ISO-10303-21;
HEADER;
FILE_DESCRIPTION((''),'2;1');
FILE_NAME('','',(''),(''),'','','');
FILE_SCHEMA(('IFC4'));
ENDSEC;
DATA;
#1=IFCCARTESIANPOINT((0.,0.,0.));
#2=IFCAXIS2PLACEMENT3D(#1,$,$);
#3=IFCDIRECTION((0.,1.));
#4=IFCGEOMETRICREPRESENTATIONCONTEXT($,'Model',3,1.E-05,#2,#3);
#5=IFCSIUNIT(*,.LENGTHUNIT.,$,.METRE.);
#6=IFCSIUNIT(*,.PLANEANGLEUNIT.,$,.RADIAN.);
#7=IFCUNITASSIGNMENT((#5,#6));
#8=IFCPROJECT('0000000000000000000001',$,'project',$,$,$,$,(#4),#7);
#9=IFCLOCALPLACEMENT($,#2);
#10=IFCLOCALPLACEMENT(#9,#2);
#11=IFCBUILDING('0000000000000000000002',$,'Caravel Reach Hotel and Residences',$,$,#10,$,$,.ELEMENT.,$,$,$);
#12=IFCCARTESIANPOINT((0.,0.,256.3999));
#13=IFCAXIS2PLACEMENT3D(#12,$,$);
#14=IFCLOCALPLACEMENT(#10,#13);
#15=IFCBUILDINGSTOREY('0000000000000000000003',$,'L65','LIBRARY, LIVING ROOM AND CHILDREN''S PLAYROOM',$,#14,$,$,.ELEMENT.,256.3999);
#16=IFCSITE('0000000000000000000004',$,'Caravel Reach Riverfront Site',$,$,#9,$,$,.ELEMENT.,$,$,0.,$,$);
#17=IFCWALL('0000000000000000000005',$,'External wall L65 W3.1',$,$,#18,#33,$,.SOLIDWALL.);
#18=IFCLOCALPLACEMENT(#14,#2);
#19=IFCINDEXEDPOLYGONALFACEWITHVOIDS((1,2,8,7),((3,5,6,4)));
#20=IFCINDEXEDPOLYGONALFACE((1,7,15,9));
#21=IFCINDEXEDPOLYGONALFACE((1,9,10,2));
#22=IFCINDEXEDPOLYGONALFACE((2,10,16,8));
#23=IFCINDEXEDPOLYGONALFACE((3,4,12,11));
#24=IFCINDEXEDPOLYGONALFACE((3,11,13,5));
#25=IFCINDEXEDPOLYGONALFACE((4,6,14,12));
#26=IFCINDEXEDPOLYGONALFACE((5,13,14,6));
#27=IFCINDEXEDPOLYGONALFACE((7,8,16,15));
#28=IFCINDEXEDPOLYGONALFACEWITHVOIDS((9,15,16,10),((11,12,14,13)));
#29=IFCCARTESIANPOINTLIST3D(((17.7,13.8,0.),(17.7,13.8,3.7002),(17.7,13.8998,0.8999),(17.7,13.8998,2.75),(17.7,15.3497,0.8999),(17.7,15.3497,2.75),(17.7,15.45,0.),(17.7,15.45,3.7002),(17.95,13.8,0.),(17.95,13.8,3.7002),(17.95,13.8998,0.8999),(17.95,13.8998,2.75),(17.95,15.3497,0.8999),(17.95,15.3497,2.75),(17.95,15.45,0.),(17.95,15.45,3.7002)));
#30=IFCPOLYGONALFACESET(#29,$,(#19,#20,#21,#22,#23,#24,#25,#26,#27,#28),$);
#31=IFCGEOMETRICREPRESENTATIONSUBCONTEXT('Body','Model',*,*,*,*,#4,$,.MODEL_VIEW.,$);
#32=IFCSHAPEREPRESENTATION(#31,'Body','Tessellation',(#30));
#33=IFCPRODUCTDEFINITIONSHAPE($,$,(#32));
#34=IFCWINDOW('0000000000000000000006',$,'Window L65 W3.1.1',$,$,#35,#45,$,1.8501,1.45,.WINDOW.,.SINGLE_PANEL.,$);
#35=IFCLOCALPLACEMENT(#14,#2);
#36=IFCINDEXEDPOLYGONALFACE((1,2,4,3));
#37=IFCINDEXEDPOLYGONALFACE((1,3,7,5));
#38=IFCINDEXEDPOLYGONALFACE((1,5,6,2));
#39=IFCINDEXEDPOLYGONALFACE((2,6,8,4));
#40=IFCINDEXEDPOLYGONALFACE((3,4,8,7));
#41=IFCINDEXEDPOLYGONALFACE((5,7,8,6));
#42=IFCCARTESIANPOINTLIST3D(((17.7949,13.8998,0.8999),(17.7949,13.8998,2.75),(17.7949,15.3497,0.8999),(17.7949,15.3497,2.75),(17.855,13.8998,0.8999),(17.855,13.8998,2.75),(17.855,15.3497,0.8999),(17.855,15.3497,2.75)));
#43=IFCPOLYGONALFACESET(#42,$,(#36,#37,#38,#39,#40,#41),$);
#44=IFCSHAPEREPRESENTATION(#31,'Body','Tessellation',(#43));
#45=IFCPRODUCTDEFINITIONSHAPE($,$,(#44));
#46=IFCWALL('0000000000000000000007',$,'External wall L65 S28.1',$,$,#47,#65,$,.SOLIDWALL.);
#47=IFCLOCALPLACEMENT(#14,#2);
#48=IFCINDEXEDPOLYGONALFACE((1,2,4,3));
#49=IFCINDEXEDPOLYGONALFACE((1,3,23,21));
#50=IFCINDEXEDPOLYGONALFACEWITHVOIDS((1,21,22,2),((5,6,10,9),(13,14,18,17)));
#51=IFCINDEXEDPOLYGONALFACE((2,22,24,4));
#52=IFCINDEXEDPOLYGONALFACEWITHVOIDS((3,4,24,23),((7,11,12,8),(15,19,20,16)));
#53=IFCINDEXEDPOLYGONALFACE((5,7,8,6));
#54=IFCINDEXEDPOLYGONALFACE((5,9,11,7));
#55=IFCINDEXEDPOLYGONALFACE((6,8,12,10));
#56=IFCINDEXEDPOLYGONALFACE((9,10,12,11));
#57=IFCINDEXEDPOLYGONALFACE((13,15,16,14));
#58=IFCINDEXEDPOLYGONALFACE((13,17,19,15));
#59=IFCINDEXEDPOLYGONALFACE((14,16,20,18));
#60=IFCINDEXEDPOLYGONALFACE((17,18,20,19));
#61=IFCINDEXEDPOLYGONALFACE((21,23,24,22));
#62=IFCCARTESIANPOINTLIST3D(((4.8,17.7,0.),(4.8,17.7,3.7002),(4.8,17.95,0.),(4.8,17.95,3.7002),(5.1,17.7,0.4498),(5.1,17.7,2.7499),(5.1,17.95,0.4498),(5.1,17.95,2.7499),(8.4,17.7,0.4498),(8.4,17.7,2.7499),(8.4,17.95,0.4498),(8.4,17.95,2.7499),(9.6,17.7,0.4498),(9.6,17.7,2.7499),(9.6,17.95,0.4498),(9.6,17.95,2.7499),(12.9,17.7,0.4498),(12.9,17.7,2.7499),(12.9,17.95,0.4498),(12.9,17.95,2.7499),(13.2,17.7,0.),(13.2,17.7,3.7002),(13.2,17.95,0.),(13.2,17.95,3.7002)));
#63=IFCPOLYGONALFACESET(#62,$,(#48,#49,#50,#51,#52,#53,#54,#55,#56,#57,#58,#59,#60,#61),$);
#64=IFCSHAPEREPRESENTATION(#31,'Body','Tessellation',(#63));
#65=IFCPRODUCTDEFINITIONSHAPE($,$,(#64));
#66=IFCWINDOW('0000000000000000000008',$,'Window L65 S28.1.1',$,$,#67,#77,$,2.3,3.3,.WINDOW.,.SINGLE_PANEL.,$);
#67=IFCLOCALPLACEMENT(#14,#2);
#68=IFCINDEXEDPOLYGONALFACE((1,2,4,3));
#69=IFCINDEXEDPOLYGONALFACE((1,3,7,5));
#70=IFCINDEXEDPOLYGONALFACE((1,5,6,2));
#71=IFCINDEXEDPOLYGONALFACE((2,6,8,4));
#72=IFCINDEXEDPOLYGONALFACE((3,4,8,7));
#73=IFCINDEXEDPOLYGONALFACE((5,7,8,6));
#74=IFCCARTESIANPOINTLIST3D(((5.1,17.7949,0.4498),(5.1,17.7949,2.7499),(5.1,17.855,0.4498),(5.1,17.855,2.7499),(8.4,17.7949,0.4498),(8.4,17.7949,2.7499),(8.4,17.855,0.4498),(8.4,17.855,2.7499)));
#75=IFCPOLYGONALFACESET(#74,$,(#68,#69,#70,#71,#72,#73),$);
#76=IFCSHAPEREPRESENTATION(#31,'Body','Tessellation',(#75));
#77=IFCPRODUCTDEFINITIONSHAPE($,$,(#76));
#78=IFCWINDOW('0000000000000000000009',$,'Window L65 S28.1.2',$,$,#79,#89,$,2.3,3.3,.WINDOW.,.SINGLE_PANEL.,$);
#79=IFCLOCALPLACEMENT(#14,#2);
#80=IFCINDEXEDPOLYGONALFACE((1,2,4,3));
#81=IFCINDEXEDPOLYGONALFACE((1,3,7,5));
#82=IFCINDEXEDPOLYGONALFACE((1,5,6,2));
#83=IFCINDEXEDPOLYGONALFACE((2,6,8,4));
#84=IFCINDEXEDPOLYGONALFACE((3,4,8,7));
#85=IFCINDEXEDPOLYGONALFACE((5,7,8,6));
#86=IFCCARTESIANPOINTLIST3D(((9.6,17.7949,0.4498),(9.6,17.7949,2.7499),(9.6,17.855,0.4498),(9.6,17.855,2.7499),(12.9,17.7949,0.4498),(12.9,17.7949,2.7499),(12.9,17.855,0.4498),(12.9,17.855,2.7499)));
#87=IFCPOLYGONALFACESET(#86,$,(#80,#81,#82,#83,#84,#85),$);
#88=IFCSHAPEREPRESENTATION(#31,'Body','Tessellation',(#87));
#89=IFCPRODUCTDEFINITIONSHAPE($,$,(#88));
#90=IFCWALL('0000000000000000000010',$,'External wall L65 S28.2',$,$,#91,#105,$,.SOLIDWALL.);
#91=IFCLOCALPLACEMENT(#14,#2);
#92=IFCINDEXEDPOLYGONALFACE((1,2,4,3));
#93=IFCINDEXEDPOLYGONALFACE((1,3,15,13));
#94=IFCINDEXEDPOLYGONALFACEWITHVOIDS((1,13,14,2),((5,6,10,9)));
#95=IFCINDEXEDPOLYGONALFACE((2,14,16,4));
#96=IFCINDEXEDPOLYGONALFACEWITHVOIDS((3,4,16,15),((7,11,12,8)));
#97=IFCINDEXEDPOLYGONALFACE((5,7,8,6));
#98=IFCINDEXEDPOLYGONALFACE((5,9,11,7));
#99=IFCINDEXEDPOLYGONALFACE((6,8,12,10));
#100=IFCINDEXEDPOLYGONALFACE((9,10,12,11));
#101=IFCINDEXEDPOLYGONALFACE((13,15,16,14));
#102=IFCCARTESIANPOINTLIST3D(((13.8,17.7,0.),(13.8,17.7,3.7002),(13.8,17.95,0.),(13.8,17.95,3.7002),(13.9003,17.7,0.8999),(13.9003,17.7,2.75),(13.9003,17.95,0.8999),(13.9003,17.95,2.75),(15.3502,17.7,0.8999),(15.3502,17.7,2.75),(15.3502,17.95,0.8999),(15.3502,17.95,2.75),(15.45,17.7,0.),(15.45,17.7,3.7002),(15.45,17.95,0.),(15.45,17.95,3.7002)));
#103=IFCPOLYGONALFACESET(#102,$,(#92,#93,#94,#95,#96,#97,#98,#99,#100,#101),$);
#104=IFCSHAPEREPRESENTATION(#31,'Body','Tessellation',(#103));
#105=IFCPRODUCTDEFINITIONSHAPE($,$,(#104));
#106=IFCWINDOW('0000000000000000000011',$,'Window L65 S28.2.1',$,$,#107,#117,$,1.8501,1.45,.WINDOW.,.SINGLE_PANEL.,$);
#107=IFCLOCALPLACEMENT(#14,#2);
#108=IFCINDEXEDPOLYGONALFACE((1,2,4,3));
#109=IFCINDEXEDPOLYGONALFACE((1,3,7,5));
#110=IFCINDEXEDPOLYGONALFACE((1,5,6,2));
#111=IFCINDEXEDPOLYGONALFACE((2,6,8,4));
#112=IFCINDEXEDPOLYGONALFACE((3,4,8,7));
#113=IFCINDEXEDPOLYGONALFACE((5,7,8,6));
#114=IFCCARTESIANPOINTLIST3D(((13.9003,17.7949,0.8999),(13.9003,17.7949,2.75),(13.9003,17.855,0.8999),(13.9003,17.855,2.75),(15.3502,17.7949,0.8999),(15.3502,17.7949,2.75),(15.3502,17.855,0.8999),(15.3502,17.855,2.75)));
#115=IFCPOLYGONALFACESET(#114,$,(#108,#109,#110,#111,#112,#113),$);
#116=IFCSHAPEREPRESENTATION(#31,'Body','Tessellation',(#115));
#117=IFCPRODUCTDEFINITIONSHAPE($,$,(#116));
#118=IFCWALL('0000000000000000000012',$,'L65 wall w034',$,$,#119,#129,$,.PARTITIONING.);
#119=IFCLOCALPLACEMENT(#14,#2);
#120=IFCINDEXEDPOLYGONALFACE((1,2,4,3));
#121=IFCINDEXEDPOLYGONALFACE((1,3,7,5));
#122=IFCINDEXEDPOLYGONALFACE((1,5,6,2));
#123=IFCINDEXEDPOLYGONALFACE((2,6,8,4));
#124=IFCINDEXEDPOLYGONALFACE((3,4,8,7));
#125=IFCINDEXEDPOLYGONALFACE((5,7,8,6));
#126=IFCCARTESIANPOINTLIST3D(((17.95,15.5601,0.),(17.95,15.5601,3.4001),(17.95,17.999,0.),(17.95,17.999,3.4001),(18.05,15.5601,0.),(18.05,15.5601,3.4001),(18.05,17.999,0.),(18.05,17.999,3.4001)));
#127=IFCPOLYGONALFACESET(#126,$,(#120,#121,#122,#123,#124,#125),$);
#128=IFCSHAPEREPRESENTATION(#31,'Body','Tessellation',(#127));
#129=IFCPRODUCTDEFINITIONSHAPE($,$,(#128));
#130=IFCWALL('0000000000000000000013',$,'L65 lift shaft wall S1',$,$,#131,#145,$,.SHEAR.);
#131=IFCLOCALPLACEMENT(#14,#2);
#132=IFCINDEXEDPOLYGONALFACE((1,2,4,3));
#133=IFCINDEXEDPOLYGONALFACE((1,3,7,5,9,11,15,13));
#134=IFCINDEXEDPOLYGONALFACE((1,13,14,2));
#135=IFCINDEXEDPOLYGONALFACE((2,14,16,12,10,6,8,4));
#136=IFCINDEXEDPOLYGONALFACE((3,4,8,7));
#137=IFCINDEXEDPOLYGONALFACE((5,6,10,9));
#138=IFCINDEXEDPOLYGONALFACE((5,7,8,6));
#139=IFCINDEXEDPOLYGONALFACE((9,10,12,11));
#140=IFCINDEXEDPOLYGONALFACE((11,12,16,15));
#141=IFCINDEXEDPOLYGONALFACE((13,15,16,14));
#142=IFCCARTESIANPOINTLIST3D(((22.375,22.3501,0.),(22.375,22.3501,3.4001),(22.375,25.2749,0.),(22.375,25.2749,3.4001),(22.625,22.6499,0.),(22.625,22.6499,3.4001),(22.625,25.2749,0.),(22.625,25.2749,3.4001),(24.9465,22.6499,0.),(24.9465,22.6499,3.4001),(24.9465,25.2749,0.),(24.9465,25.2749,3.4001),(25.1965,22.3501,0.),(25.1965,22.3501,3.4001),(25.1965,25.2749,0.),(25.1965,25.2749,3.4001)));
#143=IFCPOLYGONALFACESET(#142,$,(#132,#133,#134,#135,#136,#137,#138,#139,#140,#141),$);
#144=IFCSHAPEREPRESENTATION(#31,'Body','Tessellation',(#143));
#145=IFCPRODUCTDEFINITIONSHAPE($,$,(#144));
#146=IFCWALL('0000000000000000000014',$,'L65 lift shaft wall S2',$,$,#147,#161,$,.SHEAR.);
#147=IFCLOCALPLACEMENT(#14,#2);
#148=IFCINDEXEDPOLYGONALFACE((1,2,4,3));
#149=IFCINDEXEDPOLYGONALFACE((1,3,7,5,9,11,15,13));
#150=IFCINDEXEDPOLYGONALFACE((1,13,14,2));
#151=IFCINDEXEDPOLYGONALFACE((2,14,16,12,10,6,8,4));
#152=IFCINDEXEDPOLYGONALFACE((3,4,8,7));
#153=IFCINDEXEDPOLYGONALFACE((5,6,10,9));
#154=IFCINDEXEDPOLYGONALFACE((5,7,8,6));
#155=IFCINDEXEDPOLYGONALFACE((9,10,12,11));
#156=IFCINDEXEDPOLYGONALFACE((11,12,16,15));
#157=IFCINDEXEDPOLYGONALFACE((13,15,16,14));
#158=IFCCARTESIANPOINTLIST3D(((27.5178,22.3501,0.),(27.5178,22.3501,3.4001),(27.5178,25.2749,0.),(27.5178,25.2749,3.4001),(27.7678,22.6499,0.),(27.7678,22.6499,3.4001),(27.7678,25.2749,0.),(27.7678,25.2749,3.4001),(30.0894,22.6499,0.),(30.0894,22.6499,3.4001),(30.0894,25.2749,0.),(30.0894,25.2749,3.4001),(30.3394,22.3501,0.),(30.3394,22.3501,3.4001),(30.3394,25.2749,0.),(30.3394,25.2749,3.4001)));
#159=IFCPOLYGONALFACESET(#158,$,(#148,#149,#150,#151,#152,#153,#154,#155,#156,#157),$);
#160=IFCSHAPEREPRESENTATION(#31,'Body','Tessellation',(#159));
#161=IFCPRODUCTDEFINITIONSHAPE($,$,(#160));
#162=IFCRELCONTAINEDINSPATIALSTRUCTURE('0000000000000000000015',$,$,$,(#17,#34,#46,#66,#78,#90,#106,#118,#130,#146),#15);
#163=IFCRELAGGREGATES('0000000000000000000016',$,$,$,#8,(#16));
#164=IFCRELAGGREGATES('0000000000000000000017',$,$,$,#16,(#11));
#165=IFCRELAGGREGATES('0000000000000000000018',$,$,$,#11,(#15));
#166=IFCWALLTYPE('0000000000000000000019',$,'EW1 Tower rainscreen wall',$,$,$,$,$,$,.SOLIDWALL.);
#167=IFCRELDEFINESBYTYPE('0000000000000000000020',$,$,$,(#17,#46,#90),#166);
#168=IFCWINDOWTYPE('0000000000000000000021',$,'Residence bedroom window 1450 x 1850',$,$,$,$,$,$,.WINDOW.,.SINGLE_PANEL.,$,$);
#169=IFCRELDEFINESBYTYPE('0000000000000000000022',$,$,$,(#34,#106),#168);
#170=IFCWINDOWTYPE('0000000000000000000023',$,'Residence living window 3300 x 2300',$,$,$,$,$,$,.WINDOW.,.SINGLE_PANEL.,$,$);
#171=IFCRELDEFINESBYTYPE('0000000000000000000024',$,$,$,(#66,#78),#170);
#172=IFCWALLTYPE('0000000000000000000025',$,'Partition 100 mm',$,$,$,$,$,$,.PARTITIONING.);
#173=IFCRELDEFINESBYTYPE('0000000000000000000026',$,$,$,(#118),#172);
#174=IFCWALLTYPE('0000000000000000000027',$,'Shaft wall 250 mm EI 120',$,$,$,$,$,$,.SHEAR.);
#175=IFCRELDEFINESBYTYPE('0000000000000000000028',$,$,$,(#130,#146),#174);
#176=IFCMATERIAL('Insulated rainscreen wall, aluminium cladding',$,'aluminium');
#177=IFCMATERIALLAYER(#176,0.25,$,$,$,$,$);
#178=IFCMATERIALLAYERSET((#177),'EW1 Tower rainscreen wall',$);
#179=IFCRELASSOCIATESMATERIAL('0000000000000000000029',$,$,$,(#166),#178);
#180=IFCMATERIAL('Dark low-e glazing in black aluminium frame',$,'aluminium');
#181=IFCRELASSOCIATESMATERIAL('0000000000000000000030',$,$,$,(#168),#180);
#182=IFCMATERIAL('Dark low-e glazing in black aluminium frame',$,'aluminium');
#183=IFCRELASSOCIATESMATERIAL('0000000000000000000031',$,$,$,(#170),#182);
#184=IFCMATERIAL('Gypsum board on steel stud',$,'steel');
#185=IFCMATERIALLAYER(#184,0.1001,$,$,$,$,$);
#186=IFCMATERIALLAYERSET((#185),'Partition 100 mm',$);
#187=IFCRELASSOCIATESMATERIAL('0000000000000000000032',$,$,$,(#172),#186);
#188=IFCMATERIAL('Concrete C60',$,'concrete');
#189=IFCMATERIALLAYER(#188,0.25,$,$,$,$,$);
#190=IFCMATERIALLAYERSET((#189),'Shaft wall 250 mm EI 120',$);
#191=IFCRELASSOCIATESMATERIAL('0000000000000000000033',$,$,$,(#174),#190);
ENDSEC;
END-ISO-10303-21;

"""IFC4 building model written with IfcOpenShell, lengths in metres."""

from ifc_helpers import new_model, si_unit, direction, frame, frame_2d, origin, place, context, subcontext, project, spatial, polyline, rectangle, outline, extrude, material, layer, layer_set, type_object, element, fill, save


model = new_model("IFC4")

# Units and contexts
model_context = context("Model", 3, precision=1e-05, world=origin(), true_north=direction((0.0, 1.0)))
body_context = subcontext(model_context, "Body", "Model", "MODEL_VIEW")
ifc_project = project(units=[si_unit("LENGTHUNIT", "METRE"), si_unit("PLANEANGLEUNIT", "RADIAN")], contexts=[model_context])

# Site, building, storey
site_placement = place(None, origin())
site = spatial("IfcSite", under=ifc_project, at=site_placement, Name="Caravel Reach Riverfront Site", CompositionType="ELEMENT", RefElevation=0.0)
building_placement = place(site_placement, origin())
building = spatial("IfcBuilding", under=site, at=building_placement, Name="Caravel Reach Hotel and Residences", CompositionType="ELEMENT")
storey_placement = place(building_placement, frame((0.0, 0.0, 256.3999)))
storey = spatial("IfcBuildingStorey", under=building, at=storey_placement, Name="L65", Description="LIBRARY, LIVING ROOM AND CHILDREN'S PLAYROOM", CompositionType="ELEMENT", Elevation=256.3999)

# Wall, opening, window
ifc_material_1 = material(Name="Insulated rainscreen wall, aluminium cladding", Category="aluminium")
ifc_layer_1 = layer(ifc_material_1, 0.25)
ifc_layer_set_1 = layer_set([ifc_layer_1], Name="EW1 Tower rainscreen wall")
wall_type_1 = type_object("IfcWallType", Name="EW1 Tower rainscreen wall", PredefinedType="SOLIDWALL", material=ifc_layer_set_1)
ifc_material_2 = material(Name="Dark low-e glazing in black aluminium frame", Category="aluminium")
window_type_1 = type_object("IfcWindowType", Name="Residence bedroom window 1450 x 1850", PartitioningType="SINGLE_PANEL", PredefinedType="WINDOW", material=ifc_material_2)
wall_1_placement = place(storey_placement, frame((17.825, 15.45, 0.0), z_axis=(0.0, 0.0, 1.0), x_axis=(0.0, -1.0, 0.0)))
wall_1 = element("IfcWall", 1, at=wall_1_placement, inside=storey, type_object=wall_type_1, Name="External wall L65 W3.1", PredefinedType="SOLIDWALL", context=body_context, shape_type="SweptSolid", body=[
    extrude(rectangle(XDim=1.6499, YDim=0.25, at=frame_2d((0.825, 0.0))), origin(), (0.0, 0.0, 1.0), 3.7002),
])
opening_1_placement = place(wall_1_placement, frame((0.1001, 0.0, 0.8999)))
opening_1 = element("IfcOpeningElement", 2, at=opening_1_placement, cuts=wall_1, PredefinedType="OPENING", context=body_context, shape_type="SweptSolid", body=[
    extrude(rectangle(XDim=1.45, YDim=1.8501, at=frame_2d((0.7251, 0.925))), frame((0.0, 0.135, 0.0), z_axis=(0.0, -1.0, 0.0), x_axis=(1.0, 0.0, 0.0)), (0.0, 0.0, 1.0), 0.27),
])
window_1_placement = place(opening_1_placement, origin())
window_1 = element("IfcWindow", 3, at=window_1_placement, inside=storey, type_object=window_type_1, Name="Window L65 W3.1.1", OverallHeight=1.8501, OverallWidth=1.45, PartitioningType="SINGLE_PANEL", PredefinedType="WINDOW", context=body_context, shape_type="SweptSolid", body=[
    extrude(rectangle(XDim=1.45, YDim=1.8501, at=frame_2d((0.7251, 0.925))), frame((0.0, 0.03, 0.0), z_axis=(0.0, -1.0, 0.0), x_axis=(1.0, 0.0, 0.0)), (0.0, 0.0, 1.0), 0.0601),
])
fill(opening_1, window_1)

# Wall, openings, windows
wall_2_placement = place(storey_placement, frame((4.8, 17.825, 0.0), z_axis=(0.0, 0.0, 1.0), x_axis=(1.0, 0.0, 0.0)))
wall_2 = element("IfcWall", 4, at=wall_2_placement, inside=storey, type_object=wall_type_1, Name="External wall L65 S28.1", PredefinedType="SOLIDWALL", context=body_context, shape_type="SweptSolid", body=[
    extrude(rectangle(XDim=8.3999, YDim=0.25, at=frame_2d((4.2, 0.0))), origin(), (0.0, 0.0, 1.0), 3.7002),
])
opening_2_placement = place(wall_2_placement, frame((0.3, 0.0, 0.45)))
opening_2 = element("IfcOpeningElement", 5, at=opening_2_placement, cuts=wall_2, PredefinedType="OPENING", context=body_context, shape_type="SweptSolid", body=[
    extrude(rectangle(XDim=3.3, YDim=2.3, at=frame_2d((1.6499, 1.1499))), frame((0.0, 0.135, 0.0), z_axis=(0.0, -1.0, 0.0), x_axis=(1.0, 0.0, 0.0)), (0.0, 0.0, 1.0), 0.27),
])
opening_3_placement = place(wall_2_placement, frame((4.8, 0.0, 0.45)))
opening_3 = element("IfcOpeningElement", 6, at=opening_3_placement, cuts=wall_2, PredefinedType="OPENING", context=body_context, shape_type="SweptSolid", body=[
    extrude(rectangle(XDim=3.3, YDim=2.3, at=frame_2d((1.6499, 1.1499))), frame((0.0, 0.135, 0.0), z_axis=(0.0, -1.0, 0.0), x_axis=(1.0, 0.0, 0.0)), (0.0, 0.0, 1.0), 0.27),
])
ifc_material_3 = material(Name="Dark low-e glazing in black aluminium frame", Category="aluminium")
window_type_2 = type_object("IfcWindowType", Name="Residence living window 3300 x 2300", PartitioningType="SINGLE_PANEL", PredefinedType="WINDOW", material=ifc_material_3)
window_2_placement = place(opening_2_placement, origin())
window_2 = element("IfcWindow", 7, at=window_2_placement, inside=storey, type_object=window_type_2, Name="Window L65 S28.1.1", OverallHeight=2.3, OverallWidth=3.3, PartitioningType="SINGLE_PANEL", PredefinedType="WINDOW", context=body_context, shape_type="SweptSolid", body=[
    extrude(rectangle(XDim=3.3, YDim=2.3, at=frame_2d((1.6499, 1.1499))), frame((0.0, 0.03, 0.0), z_axis=(0.0, -1.0, 0.0), x_axis=(1.0, 0.0, 0.0)), (0.0, 0.0, 1.0), 0.0601),
])
fill(opening_2, window_2)
window_3_placement = place(opening_3_placement, origin())
window_3 = element("IfcWindow", 8, at=window_3_placement, inside=storey, type_object=window_type_2, Name="Window L65 S28.1.2", OverallHeight=2.3, OverallWidth=3.3, PartitioningType="SINGLE_PANEL", PredefinedType="WINDOW", context=body_context, shape_type="SweptSolid", body=[
    extrude(rectangle(XDim=3.3, YDim=2.3, at=frame_2d((1.6499, 1.1499))), frame((0.0, 0.03, 0.0), z_axis=(0.0, -1.0, 0.0), x_axis=(1.0, 0.0, 0.0)), (0.0, 0.0, 1.0), 0.0601),
])
fill(opening_3, window_3)

# Wall, opening, window
wall_3_placement = place(storey_placement, frame((13.8, 17.825, 0.0), z_axis=(0.0, 0.0, 1.0), x_axis=(1.0, 0.0, 0.0)))
wall_3 = element("IfcWall", 9, at=wall_3_placement, inside=storey, type_object=wall_type_1, Name="External wall L65 S28.2", PredefinedType="SOLIDWALL", context=body_context, shape_type="SweptSolid", body=[
    extrude(rectangle(XDim=1.6499, YDim=0.25, at=frame_2d((0.825, 0.0))), origin(), (0.0, 0.0, 1.0), 3.7002),
])
opening_4_placement = place(wall_3_placement, frame((0.1001, 0.0, 0.8999)))
opening_4 = element("IfcOpeningElement", 10, at=opening_4_placement, cuts=wall_3, PredefinedType="OPENING", context=body_context, shape_type="SweptSolid", body=[
    extrude(rectangle(XDim=1.45, YDim=1.8501, at=frame_2d((0.7251, 0.925))), frame((0.0, 0.135, 0.0), z_axis=(0.0, -1.0, 0.0), x_axis=(1.0, 0.0, 0.0)), (0.0, 0.0, 1.0), 0.27),
])
window_4_placement = place(opening_4_placement, origin())
window_4 = element("IfcWindow", 11, at=window_4_placement, inside=storey, type_object=window_type_1, Name="Window L65 S28.2.1", OverallHeight=1.8501, OverallWidth=1.45, PartitioningType="SINGLE_PANEL", PredefinedType="WINDOW", context=body_context, shape_type="SweptSolid", body=[
    extrude(rectangle(XDim=1.45, YDim=1.8501, at=frame_2d((0.7251, 0.925))), frame((0.0, 0.03, 0.0), z_axis=(0.0, -1.0, 0.0), x_axis=(1.0, 0.0, 0.0)), (0.0, 0.0, 1.0), 0.0601),
])
fill(opening_4, window_4)

# Walls
ifc_material_4 = material(Name="Gypsum board on steel stud", Category="steel")
ifc_layer_2 = layer(ifc_material_4, 0.1001)
ifc_layer_set_2 = layer_set([ifc_layer_2], Name="Partition 100 mm")
wall_type_2 = type_object("IfcWallType", Name="Partition 100 mm", PredefinedType="PARTITIONING", material=ifc_layer_set_2)
wall_4_placement = place(storey_placement, frame((18.0, 15.5601, 0.0), z_axis=(0.0, 0.0, 1.0), x_axis=(0.0, 1.0, 0.0)))
element("IfcWall", 12, at=wall_4_placement, inside=storey, type_object=wall_type_2, Name="L65 wall w034", PredefinedType="PARTITIONING", context=body_context, shape_type="SweptSolid", body=[
    extrude(rectangle(XDim=2.439, YDim=0.1001, at=frame_2d((1.2195, 0.0))), origin(), (0.0, 0.0, 1.0), 3.4001),
])
ifc_material_5 = material(Name="Concrete C60", Category="concrete")
ifc_layer_3 = layer(ifc_material_5, 0.25)
ifc_layer_set_3 = layer_set([ifc_layer_3], Name="Shaft wall 250 mm EI 120")
wall_type_3 = type_object("IfcWallType", Name="Shaft wall 250 mm EI 120", PredefinedType="SHEAR", material=ifc_layer_set_3)
wall_5_placement = place(storey_placement, origin())
element("IfcWall", 13, at=wall_5_placement, inside=storey, type_object=wall_type_3, Name="L65 lift shaft wall S1", PredefinedType="SHEAR", context=body_context, shape_type="SweptSolid", body=[
    extrude(outline(polyline([(22.375, 22.3501), (25.1965, 22.3501), (25.1965, 25.2749), (24.9465, 25.2749), (24.9465, 22.6499), (22.625, 22.6499), (22.625, 25.2749), (22.375, 25.2749), (22.375, 22.3501)])), origin(), (0.0, 0.0, 1.0), 3.4001),
])
wall_6_placement = place(storey_placement, origin())
element("IfcWall", 14, at=wall_6_placement, inside=storey, type_object=wall_type_3, Name="L65 lift shaft wall S2", PredefinedType="SHEAR", context=body_context, shape_type="SweptSolid", body=[
    extrude(outline(polyline([(27.5178, 22.3501), (30.3394, 22.3501), (30.3394, 25.2749), (30.0894, 25.2749), (30.0894, 22.6499), (27.7678, 22.6499), (27.7678, 25.2749), (27.5178, 25.2749), (27.5178, 22.3501)])), origin(), (0.0, 0.0, 1.0), 3.4001),
])

save(model, "model.ifc")
